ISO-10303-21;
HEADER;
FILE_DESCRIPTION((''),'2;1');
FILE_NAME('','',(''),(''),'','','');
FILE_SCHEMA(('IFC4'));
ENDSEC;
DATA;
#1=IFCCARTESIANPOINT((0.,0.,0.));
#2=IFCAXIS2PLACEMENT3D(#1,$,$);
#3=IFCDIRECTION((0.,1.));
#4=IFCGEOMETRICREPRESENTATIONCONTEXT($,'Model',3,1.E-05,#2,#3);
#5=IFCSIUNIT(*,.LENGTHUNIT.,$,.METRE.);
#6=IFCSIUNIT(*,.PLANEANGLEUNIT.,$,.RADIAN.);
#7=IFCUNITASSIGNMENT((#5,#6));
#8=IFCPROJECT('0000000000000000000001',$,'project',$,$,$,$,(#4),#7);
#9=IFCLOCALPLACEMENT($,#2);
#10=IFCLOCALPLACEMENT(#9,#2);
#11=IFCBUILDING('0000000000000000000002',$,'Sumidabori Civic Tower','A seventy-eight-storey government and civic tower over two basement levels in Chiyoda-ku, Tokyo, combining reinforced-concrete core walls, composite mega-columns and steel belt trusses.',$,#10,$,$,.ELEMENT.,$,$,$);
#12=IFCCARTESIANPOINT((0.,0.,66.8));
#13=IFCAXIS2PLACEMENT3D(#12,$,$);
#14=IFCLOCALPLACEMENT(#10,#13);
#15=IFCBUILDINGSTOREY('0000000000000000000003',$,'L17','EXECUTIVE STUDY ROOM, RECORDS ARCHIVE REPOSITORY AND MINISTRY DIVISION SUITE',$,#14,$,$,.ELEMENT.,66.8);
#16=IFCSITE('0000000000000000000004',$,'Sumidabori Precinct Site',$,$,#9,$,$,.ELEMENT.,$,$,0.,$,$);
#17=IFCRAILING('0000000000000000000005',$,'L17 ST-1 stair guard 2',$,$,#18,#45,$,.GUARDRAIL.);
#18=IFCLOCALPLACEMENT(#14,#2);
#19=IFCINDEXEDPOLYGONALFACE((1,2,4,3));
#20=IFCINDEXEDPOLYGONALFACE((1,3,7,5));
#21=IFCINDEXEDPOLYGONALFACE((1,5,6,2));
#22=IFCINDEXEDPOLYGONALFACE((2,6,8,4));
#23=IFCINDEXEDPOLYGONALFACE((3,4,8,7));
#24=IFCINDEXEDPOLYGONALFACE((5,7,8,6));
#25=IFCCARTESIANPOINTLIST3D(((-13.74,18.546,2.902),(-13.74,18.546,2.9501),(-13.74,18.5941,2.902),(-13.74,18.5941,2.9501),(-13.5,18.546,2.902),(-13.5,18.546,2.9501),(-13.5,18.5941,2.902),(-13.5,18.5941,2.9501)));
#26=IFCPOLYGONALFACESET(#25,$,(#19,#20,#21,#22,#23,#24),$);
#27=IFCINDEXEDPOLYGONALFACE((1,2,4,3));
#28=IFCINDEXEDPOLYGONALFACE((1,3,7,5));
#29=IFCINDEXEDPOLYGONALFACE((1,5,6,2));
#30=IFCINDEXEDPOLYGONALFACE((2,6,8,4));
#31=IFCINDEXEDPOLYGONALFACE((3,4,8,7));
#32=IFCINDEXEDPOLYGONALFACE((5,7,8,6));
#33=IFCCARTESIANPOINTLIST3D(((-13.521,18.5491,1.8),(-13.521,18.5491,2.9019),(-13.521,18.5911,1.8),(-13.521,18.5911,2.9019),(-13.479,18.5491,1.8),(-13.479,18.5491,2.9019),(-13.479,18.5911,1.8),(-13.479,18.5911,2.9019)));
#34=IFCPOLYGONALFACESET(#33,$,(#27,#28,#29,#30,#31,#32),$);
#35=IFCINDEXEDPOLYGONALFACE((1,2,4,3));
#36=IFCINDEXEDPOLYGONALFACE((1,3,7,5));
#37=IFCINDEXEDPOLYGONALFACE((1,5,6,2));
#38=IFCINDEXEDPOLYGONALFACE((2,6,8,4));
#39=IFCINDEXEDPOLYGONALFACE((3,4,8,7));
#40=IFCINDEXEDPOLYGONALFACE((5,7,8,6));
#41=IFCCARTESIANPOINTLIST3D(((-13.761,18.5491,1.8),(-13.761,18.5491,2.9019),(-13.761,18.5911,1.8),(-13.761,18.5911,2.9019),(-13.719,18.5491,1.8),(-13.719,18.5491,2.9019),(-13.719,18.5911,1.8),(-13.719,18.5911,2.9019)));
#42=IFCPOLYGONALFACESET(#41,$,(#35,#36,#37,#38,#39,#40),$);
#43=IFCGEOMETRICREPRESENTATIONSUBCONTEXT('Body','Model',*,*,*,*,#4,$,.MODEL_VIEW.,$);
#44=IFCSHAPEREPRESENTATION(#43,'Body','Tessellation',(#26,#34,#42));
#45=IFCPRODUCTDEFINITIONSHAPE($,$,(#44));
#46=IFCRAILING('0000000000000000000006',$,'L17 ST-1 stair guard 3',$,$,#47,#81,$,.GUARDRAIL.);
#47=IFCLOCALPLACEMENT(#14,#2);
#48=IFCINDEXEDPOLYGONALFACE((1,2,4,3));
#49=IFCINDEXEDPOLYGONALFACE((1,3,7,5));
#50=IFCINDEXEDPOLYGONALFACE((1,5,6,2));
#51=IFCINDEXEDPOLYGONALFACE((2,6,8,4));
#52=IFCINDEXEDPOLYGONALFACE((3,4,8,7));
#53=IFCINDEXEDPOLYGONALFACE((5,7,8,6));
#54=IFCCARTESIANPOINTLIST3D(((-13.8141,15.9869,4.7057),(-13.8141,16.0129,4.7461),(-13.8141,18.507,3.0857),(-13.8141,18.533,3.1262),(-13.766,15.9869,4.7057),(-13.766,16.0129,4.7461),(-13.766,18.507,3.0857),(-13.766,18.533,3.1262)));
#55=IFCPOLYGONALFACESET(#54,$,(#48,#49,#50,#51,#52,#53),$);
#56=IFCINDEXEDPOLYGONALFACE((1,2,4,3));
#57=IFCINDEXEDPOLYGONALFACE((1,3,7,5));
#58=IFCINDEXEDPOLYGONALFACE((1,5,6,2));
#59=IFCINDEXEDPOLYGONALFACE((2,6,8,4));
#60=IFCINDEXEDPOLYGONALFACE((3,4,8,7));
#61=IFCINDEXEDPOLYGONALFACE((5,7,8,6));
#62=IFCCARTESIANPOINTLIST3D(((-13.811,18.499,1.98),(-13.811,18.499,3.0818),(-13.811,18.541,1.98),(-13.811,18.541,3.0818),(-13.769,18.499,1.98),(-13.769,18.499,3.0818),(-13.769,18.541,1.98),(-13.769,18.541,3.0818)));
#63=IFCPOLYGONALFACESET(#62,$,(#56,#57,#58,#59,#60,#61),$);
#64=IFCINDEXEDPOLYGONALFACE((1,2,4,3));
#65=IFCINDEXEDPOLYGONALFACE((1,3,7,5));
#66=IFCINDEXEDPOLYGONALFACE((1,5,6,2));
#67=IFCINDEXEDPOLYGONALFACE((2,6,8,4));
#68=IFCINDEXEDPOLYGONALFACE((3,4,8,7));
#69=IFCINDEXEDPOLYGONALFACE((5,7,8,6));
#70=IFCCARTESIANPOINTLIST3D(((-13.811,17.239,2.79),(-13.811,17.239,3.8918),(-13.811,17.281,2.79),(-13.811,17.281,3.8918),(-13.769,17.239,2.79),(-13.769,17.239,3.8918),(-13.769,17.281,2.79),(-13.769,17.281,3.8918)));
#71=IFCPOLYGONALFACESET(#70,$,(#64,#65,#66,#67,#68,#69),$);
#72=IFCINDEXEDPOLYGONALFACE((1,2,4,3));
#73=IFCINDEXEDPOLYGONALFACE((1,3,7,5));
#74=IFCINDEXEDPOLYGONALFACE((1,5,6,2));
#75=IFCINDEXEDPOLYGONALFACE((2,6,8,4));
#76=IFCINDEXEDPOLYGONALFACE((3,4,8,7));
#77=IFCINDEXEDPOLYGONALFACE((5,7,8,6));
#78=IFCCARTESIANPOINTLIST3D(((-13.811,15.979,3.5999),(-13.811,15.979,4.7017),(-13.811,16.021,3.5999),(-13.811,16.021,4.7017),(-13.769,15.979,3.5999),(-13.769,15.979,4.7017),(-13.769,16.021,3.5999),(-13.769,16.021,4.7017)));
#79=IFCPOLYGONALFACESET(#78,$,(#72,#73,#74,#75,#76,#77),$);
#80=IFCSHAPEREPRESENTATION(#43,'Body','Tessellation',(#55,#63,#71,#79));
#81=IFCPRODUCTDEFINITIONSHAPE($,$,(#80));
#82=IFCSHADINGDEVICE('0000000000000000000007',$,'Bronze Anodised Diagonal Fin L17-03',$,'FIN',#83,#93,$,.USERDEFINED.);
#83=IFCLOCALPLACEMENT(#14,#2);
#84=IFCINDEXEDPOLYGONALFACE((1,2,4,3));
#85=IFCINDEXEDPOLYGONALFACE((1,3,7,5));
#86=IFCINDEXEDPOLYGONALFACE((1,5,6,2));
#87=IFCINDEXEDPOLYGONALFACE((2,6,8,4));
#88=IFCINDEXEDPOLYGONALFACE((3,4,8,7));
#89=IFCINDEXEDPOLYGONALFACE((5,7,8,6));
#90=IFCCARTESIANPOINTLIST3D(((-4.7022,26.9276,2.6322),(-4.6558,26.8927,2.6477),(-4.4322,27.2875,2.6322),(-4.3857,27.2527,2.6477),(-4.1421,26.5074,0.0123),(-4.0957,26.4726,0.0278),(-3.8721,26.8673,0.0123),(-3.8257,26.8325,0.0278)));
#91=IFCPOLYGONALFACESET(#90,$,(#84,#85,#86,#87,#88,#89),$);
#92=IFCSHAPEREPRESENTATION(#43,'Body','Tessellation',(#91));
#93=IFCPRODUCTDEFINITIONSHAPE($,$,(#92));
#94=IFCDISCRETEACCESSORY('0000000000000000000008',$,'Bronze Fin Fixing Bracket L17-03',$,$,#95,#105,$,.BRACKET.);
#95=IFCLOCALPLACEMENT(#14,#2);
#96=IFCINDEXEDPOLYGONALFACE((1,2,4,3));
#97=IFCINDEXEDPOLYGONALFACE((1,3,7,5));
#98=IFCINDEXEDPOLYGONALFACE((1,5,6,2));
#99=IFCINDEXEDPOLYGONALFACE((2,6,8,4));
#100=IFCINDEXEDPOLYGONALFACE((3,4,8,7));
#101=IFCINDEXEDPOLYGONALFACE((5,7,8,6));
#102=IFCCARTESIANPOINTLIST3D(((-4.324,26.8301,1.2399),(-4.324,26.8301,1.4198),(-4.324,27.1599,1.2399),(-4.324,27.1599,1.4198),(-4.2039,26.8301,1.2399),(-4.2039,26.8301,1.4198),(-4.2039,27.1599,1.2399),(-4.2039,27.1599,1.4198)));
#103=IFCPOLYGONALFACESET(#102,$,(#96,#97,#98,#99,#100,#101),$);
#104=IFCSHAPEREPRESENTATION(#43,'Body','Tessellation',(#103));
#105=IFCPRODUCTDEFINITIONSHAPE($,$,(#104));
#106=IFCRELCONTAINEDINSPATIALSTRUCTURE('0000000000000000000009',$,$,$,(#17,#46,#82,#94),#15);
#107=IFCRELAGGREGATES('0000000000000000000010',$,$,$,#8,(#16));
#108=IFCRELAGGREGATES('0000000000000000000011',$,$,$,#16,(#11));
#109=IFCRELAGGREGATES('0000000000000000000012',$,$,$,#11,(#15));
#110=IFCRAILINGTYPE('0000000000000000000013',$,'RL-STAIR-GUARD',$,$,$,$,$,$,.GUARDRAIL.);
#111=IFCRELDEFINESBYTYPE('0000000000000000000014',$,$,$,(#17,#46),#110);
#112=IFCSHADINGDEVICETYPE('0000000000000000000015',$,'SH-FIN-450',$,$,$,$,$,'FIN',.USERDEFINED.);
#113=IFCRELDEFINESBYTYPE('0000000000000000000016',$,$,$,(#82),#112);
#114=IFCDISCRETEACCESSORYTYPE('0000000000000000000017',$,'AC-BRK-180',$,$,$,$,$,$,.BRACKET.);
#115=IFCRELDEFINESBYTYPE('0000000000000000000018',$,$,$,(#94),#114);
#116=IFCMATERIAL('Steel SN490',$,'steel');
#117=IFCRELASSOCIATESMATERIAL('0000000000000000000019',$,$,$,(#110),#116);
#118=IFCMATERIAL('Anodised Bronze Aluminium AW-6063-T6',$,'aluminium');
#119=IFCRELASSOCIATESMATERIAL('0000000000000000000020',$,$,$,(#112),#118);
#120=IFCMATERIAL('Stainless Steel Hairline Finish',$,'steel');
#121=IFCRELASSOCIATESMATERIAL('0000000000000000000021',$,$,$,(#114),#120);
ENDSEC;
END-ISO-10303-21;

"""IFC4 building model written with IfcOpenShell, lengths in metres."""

from ifc_helpers import new_model, si_unit, direction, frame, origin, origin_2d, place, context, subcontext, project, spatial, rectangle, extrude, source, transform, mapped, material, material_profile, profile_set, type_object, element, save


model = new_model("IFC4")

# Units and contexts
model_context = context("Model", 3, precision=1e-05, world=origin(), true_north=direction((0.0, 1.0)))
body_context = subcontext(model_context, "Body", "Model", "MODEL_VIEW")
ifc_project = project(units=[si_unit("LENGTHUNIT", "METRE"), si_unit("PLANEANGLEUNIT", "RADIAN")], contexts=[model_context])

# Site, building, storey
site_placement = place(None, origin())
site = spatial("IfcSite", under=ifc_project, at=site_placement, Name="Sumidabori Precinct Site", CompositionType="ELEMENT", RefElevation=0.0)
building_placement = place(site_placement, origin())
building = spatial("IfcBuilding", under=site, at=building_placement, Name="Sumidabori Civic Tower", Description="A seventy-eight-storey government and civic tower over two basement levels in Chiyoda-ku, Tokyo, combining reinforced-concrete core walls, composite mega-columns and steel belt trusses.", CompositionType="ELEMENT")
storey_placement = place(building_placement, frame((0.0, 0.0, 66.8)))
storey = spatial("IfcBuildingStorey", under=building, at=storey_placement, Name="L17", Description="EXECUTIVE STUDY ROOM, RECORDS ARCHIVE REPOSITORY AND MINISTRY DIVISION SUITE", CompositionType="ELEMENT", Elevation=66.8)

# Shared definitions
ifc_material_1 = material(Name="Steel SN490", Category="steel")

# Shared definitions
ifc_material_2 = material(Name="Anodised Bronze Aluminium AW-6063-T6", Category="aluminium")

# Railings
railing_type = type_object("IfcRailingType", Name="RL-STAIR-GUARD", PredefinedType="GUARDRAIL", material=ifc_material_1)
railing_1_placement = place(storey_placement, frame((-13.5, 18.5701, 1.8)))
element("IfcRailing", 1, at=railing_1_placement, inside=storey, type_object=railing_type, Name="L17 ST-1 stair guard 2", PredefinedType="GUARDRAIL", context=body_context, shape_type="SweptSolid", body=[
    extrude(rectangle(XDim=0.0481, YDim=0.0481, at=origin_2d()), frame((0.0, 0.0, 1.126), z_axis=(-1.0, 0.0, 0.0), x_axis=(0.0, -1.0, 0.0)), (0.0, 0.0, 1.0), 0.24),
    extrude(rectangle(XDim=0.042, YDim=0.042, at=origin_2d()), origin(), (0.0, 0.0, 1.0), 1.1018),
    extrude(rectangle(XDim=0.042, YDim=0.042, at=origin_2d()), frame((-0.24, 0.0, 0.0)), (0.0, 0.0, 1.0), 1.1018),
])
railing_2_placement = place(storey_placement, frame((-13.79, 18.52, 1.98)))
element("IfcRailing", 2, at=railing_2_placement, inside=storey, type_object=railing_type, Name="L17 ST-1 stair guard 3", PredefinedType="GUARDRAIL", context=body_context, shape_type="SweptSolid", body=[
    extrude(rectangle(XDim=0.0481, YDim=0.0481, at=origin_2d()), frame((0.0, 0.0, 1.126), z_axis=(0.0, -0.8412, 0.540725), x_axis=(1.0, 0.0, 0.0)), (0.0, 0.0, 1.0), 2.9958),
    extrude(rectangle(XDim=0.042, YDim=0.042, at=origin_2d()), origin(), (0.0, 0.0, 1.0), 1.1018),
    extrude(rectangle(XDim=0.042, YDim=0.042, at=origin_2d()), frame((0.0, -1.26, 0.8101)), (0.0, 0.0, 1.0), 1.1018),
    extrude(rectangle(XDim=0.042, YDim=0.042, at=origin_2d()), frame((0.0, -2.52, 1.6199)), (0.0, 0.0, 1.0), 1.1018),
])

# Shading device
ifc_material_profile_1 = material_profile(ifc_material_2, rectangle(XDim=0.0601, YDim=0.45, at=origin_2d()), Name="BRONZE FIN 450x60")
ifc_profile_set_1 = profile_set([ifc_material_profile_1], Name="Anodised Bronze Aluminium AW-6063-T6")
shading_device_type = type_object("IfcShadingDeviceType", Name="SH-FIN-450", ElementType="FIN", PredefinedType="USERDEFINED", material=ifc_profile_set_1)
shared_shape_1 = source(origin(), body_context, "Body", "SweptSolid", [
    extrude(rectangle(XDim=0.0601, YDim=0.45, at=origin_2d()), origin(), (0.0, 0.0, 1.0), 2.7119),
])
shading_device_placement = place(storey_placement, frame((-3.9839, 26.6699, 0.02), z_axis=(-0.206525, 0.154939, 0.966096), x_axis=(0.772796, -0.579765, 0.258184)))
element("IfcShadingDevice", 3, at=shading_device_placement, inside=storey, type_object=shading_device_type, Name="Bronze Anodised Diagonal Fin L17-03", ObjectType="FIN", PredefinedType="USERDEFINED", context=body_context, shape_type="MappedRepresentation", body=[
    mapped(shared_shape_1, transform((0.0, 0.0, 0.0), x_axis=(1.0, 0.0, 0.0), y_axis=(0.0, 1.0, 0.0), z_axis=(0.0, 0.0, 1.0), scale=1.0)),
])

# Discrete accessory
ifc_material_3 = material(Name="Stainless Steel Hairline Finish", Category="steel")
ifc_material_profile_2 = material_profile(ifc_material_3, rectangle(XDim=0.1201, YDim=0.1799, at=origin_2d()), Name="STEEL BRACKET 180x120")
ifc_profile_set_2 = profile_set([ifc_material_profile_2], Name="Stainless Steel Hairline Finish")
discrete_accessory_type = type_object("IfcDiscreteAccessoryType", Name="AC-BRK-180", PredefinedType="BRACKET", material=ifc_profile_set_2)
shared_shape_2 = source(origin(), body_context, "Body", "SweptSolid", [
    extrude(rectangle(XDim=0.1201, YDim=0.1799, at=origin_2d()), origin(), (0.0, 0.0, 1.0), 0.3298),
])
discrete_accessory_placement = place(storey_placement, frame((-4.2639, 26.8301, 1.3298), z_axis=(0.0, 1.0, 0.0), x_axis=(-1.0, 0.0, 0.0)))
element("IfcDiscreteAccessory", 4, at=discrete_accessory_placement, inside=storey, type_object=discrete_accessory_type, Name="Bronze Fin Fixing Bracket L17-03", PredefinedType="BRACKET", context=body_context, shape_type="MappedRepresentation", body=[
    mapped(shared_shape_2, transform((0.0, 0.0, 0.0), x_axis=(1.0, 0.0, 0.0), y_axis=(0.0, 1.0, 0.0), z_axis=(0.0, 0.0, 1.0), scale=1.0)),
])

save(model, "model.ifc")
